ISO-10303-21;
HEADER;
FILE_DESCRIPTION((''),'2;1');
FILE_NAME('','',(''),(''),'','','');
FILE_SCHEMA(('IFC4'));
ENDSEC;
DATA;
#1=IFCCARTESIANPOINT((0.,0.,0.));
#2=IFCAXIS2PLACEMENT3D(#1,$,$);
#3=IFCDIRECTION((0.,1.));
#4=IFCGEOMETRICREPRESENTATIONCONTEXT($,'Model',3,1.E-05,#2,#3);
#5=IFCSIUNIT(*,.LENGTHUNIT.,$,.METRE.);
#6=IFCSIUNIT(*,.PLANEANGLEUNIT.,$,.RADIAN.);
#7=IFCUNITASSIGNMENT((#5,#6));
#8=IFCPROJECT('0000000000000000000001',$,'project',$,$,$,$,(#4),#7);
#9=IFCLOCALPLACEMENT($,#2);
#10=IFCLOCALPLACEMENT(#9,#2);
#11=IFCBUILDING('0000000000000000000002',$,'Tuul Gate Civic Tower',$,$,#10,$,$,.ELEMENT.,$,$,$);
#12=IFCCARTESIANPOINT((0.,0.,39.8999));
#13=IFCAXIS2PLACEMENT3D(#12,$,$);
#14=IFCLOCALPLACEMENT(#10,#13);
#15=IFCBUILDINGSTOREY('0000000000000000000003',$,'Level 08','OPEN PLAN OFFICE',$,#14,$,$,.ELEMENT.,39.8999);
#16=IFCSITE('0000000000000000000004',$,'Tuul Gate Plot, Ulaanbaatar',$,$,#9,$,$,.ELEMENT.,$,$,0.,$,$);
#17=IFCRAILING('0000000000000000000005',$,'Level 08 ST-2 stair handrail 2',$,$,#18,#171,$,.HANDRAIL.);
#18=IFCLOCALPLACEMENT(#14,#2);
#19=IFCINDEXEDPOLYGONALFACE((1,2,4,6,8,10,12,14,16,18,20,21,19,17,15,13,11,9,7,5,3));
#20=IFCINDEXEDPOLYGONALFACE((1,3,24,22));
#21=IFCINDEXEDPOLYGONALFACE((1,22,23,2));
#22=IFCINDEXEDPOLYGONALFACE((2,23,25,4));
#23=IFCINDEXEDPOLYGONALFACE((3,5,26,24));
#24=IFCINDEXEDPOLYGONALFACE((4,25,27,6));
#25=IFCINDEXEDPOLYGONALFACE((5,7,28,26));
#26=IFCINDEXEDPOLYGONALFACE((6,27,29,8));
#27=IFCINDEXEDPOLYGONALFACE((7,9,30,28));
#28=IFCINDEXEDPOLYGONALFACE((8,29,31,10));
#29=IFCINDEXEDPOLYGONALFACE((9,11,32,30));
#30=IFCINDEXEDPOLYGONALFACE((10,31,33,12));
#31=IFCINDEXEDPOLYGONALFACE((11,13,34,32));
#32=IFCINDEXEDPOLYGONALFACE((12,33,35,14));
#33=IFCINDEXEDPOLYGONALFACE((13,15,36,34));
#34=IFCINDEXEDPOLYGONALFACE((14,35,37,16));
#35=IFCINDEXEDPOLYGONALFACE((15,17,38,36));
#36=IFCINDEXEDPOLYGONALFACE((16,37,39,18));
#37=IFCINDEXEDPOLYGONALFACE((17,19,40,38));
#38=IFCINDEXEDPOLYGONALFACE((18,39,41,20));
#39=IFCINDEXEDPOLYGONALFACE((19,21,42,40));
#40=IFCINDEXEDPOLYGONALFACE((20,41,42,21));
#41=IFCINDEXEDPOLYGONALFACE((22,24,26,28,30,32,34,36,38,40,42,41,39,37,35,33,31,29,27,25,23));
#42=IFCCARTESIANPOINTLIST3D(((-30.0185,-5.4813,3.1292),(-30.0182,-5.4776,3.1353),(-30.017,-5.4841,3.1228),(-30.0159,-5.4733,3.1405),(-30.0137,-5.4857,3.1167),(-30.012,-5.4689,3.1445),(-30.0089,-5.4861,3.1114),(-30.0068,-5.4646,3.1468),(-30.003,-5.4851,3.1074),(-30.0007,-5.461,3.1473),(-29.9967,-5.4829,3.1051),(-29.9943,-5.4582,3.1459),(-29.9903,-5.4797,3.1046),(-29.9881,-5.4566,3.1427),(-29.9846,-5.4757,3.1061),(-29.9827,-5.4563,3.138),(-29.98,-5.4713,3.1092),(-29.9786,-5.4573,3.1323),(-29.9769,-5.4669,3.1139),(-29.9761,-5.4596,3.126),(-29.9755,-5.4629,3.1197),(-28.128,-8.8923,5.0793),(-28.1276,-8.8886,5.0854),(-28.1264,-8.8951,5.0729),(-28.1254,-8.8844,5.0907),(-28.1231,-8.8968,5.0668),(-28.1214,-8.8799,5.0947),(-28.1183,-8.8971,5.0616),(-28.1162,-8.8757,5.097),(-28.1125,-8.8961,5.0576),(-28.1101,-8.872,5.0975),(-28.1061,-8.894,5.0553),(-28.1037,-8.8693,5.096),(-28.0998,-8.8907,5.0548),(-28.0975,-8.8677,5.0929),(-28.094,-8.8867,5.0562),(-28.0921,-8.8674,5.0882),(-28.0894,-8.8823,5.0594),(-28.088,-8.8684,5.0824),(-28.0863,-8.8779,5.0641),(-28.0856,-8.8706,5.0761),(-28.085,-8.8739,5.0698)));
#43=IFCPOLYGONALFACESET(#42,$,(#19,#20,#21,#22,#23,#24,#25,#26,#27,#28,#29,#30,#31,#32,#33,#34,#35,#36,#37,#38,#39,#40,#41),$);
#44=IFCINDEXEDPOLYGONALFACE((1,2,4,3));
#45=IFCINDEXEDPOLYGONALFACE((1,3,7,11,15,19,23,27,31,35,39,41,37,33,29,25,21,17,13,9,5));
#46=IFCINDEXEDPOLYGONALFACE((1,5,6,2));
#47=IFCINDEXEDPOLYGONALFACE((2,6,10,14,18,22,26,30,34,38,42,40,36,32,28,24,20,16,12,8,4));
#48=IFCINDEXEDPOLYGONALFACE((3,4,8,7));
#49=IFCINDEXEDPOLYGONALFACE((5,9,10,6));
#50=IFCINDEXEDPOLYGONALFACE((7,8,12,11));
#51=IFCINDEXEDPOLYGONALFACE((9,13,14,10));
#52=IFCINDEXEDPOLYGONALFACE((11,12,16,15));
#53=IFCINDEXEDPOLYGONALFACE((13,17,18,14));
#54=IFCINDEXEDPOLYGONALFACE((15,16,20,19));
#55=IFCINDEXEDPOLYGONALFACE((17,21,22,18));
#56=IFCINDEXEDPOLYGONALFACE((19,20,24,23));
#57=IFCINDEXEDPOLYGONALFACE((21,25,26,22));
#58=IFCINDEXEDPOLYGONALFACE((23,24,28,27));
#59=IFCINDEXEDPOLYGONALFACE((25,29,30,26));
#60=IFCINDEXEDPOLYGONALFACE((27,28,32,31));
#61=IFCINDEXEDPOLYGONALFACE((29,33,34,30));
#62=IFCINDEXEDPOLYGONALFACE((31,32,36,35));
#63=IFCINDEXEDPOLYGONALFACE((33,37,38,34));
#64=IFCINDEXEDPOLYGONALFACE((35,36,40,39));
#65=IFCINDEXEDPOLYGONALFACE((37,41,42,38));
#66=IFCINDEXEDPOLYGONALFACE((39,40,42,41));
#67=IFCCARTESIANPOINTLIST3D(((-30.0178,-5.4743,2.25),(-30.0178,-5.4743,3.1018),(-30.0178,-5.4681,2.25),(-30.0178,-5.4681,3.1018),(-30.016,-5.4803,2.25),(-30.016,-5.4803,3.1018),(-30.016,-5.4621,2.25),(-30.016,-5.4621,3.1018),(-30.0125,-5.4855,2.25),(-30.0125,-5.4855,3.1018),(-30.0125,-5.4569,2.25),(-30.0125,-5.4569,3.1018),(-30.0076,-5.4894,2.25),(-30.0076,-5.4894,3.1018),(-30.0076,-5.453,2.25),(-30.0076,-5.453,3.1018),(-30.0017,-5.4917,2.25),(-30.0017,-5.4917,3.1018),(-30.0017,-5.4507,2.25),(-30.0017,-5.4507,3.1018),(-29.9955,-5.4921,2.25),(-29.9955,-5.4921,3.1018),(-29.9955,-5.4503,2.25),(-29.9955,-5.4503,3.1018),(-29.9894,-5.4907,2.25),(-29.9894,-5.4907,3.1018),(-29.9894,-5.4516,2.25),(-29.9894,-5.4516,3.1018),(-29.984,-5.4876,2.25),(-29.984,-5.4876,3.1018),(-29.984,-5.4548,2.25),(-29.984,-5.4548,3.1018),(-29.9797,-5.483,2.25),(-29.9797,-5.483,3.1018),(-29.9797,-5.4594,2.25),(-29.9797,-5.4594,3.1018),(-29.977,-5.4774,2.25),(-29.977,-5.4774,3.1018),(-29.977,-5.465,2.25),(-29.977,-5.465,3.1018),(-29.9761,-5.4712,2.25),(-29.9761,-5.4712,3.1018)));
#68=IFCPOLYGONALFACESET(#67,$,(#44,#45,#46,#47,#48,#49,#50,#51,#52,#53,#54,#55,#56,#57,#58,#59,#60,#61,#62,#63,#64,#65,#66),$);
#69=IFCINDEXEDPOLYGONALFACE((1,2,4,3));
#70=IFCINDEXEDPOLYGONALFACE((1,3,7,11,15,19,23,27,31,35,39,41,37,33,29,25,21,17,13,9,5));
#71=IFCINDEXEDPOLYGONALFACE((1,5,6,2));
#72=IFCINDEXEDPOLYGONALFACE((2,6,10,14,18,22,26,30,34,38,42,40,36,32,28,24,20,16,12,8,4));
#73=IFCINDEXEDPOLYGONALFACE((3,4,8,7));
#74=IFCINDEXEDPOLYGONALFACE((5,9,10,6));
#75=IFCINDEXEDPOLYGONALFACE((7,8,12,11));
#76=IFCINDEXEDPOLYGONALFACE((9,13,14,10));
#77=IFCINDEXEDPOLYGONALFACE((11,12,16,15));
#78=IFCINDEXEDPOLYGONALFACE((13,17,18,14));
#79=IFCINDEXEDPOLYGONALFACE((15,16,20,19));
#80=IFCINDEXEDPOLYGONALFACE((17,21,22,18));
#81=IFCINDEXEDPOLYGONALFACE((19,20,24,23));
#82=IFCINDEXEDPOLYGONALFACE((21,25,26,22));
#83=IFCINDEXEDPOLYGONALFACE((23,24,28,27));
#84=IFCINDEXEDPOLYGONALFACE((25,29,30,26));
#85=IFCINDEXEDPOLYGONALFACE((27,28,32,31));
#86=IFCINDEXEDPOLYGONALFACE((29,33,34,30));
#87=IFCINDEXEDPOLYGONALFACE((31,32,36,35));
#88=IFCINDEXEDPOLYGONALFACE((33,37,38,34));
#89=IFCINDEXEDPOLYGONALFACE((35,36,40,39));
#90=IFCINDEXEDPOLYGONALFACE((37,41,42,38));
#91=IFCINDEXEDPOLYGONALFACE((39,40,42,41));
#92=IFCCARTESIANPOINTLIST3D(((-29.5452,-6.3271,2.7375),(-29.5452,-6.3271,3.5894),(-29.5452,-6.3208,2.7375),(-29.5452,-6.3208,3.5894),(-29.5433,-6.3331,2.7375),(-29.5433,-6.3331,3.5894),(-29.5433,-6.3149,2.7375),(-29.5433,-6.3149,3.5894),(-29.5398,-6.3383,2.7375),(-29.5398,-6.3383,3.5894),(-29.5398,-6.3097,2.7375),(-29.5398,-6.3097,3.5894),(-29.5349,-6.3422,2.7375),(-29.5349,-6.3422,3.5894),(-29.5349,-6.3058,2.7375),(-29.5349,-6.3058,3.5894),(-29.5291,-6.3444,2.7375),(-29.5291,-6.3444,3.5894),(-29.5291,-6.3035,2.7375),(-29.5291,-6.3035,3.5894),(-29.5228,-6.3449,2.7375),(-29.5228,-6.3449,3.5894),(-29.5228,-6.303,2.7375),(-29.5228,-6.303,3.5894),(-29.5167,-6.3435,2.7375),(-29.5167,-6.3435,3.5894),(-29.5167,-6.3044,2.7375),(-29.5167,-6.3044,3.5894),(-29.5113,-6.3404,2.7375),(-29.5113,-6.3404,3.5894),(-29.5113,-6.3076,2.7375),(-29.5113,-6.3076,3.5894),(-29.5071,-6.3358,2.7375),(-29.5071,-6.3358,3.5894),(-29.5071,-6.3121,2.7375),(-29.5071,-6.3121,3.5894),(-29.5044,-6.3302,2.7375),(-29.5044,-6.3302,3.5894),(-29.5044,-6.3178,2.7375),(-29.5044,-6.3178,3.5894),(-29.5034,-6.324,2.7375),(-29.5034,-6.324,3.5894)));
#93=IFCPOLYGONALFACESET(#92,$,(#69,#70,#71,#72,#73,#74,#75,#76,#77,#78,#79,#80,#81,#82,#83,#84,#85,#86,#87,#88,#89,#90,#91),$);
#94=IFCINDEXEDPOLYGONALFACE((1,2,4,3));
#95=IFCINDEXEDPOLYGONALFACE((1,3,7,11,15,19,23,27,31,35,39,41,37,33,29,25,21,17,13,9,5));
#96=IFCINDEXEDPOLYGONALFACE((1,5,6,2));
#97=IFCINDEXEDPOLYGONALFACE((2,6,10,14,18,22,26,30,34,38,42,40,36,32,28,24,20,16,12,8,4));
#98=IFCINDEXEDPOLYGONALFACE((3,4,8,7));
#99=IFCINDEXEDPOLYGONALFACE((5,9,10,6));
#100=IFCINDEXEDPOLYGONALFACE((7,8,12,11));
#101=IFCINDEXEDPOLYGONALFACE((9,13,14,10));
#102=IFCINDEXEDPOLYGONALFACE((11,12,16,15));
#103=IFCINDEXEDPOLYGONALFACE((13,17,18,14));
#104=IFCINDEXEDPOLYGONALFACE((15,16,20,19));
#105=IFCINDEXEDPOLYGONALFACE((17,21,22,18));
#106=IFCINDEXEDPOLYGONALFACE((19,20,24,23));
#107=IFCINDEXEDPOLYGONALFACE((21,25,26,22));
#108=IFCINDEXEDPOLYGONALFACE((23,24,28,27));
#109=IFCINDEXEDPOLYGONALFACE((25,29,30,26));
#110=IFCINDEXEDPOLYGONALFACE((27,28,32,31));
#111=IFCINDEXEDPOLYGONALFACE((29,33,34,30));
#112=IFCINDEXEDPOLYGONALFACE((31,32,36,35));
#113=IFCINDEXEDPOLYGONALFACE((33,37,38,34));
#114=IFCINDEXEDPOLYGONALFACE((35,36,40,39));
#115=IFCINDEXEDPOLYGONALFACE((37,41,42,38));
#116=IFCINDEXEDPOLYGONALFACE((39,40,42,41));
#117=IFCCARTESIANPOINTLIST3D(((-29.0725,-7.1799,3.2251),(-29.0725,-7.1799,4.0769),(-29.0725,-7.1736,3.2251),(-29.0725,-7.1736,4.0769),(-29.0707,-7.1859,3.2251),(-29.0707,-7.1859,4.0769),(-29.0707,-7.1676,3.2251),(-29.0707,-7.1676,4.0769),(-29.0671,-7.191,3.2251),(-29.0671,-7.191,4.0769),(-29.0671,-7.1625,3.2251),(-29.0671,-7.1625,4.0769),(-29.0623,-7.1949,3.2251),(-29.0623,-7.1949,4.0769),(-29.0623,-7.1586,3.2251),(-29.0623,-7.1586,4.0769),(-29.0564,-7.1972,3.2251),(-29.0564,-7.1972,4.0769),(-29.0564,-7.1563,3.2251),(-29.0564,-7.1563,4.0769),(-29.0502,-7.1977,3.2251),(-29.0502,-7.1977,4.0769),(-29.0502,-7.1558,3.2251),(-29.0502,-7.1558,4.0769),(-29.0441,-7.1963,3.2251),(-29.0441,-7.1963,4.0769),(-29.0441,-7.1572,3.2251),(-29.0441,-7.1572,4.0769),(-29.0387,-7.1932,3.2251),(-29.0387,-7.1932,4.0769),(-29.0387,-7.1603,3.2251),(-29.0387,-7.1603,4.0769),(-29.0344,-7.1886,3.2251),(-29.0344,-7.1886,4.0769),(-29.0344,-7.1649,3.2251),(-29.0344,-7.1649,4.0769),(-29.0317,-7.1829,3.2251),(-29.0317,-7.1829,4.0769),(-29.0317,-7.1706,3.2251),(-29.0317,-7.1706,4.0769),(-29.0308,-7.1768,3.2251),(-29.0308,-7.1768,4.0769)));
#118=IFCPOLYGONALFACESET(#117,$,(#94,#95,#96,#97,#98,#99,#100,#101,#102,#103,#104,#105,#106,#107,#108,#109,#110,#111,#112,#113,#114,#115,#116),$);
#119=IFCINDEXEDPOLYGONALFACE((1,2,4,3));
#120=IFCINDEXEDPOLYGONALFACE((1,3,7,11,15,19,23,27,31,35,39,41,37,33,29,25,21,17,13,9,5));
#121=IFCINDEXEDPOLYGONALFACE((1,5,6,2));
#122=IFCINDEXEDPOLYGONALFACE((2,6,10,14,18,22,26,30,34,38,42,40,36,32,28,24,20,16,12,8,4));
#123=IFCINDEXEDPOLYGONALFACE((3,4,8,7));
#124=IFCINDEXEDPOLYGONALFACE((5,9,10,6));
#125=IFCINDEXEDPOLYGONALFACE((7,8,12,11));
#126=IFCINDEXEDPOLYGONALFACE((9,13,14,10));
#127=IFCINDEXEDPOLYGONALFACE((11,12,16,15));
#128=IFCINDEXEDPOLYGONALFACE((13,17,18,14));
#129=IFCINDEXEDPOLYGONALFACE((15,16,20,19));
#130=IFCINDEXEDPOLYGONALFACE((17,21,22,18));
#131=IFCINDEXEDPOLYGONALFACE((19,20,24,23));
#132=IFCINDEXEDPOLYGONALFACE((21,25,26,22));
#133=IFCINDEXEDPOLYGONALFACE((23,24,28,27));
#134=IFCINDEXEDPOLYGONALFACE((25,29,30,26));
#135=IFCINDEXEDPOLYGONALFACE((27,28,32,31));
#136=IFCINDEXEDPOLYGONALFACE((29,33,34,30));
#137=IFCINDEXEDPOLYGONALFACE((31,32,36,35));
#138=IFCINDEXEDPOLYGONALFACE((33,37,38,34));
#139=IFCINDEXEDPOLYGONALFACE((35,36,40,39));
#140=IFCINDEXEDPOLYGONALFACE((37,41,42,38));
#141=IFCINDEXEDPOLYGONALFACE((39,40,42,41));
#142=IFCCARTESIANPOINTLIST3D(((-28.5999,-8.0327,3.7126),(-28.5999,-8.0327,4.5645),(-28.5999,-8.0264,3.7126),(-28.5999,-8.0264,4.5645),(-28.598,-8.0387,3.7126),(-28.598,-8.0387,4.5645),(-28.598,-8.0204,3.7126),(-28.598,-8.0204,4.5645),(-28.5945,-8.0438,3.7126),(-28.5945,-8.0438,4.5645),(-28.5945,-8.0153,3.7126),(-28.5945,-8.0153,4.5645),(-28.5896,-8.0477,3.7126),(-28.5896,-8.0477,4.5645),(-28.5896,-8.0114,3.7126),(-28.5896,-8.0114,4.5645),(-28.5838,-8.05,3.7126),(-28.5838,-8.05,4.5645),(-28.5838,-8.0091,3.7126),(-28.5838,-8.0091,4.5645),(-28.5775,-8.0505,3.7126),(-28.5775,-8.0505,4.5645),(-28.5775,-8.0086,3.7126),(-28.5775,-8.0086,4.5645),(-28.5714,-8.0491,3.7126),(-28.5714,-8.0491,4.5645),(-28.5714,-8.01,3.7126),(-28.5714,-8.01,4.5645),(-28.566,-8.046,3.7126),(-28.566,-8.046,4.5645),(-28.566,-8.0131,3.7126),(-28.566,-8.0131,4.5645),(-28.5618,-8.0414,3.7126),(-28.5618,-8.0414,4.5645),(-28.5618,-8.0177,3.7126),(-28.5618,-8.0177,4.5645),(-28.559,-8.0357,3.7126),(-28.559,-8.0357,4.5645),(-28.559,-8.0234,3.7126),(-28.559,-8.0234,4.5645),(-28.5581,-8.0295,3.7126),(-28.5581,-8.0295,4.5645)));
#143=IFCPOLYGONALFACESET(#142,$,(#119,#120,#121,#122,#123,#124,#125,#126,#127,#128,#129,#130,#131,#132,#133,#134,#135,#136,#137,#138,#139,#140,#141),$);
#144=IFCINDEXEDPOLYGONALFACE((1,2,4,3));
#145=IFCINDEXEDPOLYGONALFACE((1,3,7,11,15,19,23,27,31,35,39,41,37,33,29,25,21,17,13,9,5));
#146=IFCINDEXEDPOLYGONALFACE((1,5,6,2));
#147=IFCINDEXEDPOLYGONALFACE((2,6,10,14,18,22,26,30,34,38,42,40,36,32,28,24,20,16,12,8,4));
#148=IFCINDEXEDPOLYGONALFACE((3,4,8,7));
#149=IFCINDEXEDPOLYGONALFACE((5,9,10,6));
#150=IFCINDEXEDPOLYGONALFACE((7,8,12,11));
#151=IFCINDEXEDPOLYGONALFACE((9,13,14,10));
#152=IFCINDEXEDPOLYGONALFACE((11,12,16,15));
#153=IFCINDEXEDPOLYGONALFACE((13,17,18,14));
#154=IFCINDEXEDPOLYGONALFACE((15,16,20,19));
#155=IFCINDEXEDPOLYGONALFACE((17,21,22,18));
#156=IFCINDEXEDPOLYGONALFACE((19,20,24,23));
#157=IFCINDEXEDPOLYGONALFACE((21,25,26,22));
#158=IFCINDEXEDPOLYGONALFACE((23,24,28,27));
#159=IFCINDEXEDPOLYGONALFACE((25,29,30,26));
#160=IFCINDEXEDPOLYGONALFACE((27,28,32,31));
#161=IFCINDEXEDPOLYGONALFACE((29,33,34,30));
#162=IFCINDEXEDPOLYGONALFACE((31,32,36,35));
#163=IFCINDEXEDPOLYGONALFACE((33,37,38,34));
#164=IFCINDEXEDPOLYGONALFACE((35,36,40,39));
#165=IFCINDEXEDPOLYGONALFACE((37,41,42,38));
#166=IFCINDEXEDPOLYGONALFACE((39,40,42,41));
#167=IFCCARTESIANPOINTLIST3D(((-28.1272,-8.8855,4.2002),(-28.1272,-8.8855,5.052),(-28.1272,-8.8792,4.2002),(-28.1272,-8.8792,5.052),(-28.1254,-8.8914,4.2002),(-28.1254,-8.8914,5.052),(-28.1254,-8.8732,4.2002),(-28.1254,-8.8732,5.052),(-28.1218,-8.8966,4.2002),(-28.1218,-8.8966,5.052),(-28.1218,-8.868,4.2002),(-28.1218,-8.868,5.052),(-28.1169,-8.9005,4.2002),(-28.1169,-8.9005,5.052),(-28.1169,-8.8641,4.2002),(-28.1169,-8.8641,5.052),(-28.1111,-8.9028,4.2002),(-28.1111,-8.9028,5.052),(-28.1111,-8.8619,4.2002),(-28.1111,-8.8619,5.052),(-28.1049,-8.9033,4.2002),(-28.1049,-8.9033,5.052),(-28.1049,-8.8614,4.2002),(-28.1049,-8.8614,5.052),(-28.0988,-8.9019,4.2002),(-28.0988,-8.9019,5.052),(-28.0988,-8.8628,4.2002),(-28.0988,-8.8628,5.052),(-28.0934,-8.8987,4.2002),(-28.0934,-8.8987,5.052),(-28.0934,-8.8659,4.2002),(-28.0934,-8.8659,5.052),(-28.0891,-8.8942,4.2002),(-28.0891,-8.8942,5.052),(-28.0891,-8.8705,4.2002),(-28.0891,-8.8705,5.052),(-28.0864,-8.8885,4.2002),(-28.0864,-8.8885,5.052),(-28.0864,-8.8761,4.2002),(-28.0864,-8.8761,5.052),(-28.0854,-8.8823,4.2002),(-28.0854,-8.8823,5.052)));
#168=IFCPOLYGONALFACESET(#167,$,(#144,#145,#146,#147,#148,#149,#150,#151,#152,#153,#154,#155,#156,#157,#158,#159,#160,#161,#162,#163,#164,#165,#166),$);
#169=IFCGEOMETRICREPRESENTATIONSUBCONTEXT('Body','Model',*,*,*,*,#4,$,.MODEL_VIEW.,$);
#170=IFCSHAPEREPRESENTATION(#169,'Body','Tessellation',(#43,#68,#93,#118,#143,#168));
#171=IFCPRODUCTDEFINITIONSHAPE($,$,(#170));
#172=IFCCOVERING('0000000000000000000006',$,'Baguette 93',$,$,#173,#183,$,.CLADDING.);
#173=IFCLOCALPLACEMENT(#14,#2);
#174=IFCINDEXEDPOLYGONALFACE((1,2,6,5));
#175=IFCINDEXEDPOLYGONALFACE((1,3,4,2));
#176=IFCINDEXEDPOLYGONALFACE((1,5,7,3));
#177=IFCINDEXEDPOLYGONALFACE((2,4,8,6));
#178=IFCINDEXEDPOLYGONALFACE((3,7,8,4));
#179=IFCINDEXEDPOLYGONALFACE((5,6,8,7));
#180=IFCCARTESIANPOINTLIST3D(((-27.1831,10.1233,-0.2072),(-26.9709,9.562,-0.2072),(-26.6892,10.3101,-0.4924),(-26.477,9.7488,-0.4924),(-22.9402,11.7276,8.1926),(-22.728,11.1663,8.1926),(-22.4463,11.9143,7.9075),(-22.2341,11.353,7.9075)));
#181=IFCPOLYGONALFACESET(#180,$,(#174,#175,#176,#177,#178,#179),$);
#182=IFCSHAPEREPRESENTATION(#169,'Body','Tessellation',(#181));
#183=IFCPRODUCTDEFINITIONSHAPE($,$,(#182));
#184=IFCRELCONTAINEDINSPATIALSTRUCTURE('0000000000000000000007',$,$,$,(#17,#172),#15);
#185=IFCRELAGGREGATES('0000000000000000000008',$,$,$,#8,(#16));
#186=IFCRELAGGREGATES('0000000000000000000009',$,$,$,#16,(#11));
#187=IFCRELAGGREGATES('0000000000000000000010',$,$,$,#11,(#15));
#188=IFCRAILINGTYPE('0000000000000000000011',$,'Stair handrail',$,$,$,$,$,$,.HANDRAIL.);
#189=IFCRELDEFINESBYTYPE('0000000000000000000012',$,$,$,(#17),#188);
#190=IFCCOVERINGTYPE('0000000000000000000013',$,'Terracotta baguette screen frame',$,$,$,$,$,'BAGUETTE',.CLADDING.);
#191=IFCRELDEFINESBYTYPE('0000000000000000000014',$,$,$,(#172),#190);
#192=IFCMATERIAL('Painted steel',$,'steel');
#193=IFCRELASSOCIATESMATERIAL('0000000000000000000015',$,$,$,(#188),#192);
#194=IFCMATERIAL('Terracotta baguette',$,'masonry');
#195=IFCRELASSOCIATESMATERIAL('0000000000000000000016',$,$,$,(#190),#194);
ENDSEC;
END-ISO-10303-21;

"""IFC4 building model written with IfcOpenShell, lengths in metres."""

from ifc_helpers import new_model, si_unit, direction, frame, origin, origin_2d, place, context, subcontext, project, spatial, rectangle, circle, extrude, material, material_profile, profile_set, type_object, element, save


model = new_model("IFC4")

# Units and contexts
model_context = context("Model", 3, precision=1e-05, world=origin(), true_north=direction((0.0, 1.0)))
body_context = subcontext(model_context, "Body", "Model", "MODEL_VIEW")
ifc_project = project(units=[si_unit("LENGTHUNIT", "METRE"), si_unit("PLANEANGLEUNIT", "RADIAN")], contexts=[model_context])

# Site, building, storey
site_placement = place(None, origin())
site = spatial("IfcSite", under=ifc_project, at=site_placement, Name="Tuul Gate Plot, Ulaanbaatar", CompositionType="ELEMENT", RefElevation=0.0)
building_placement = place(site_placement, origin())
building = spatial("IfcBuilding", under=site, at=building_placement, Name="Tuul Gate Civic Tower", CompositionType="ELEMENT")
storey_placement = place(building_placement, frame((0.0, 0.0, 39.8999)))
storey = spatial("IfcBuildingStorey", under=building, at=storey_placement, Name="Level 08", Description="OPEN PLAN OFFICE", CompositionType="ELEMENT", Elevation=39.8999)

# Railing
ifc_material_1 = material(Name="Painted steel", Category="steel")
railing_type = type_object("IfcRailingType", Name="Stair handrail", PredefinedType="HANDRAIL", material=ifc_material_1)
railing_placement = place(storey_placement, frame((-29.9971, -5.4712, 2.25)))
element("IfcRailing", 1, at=railing_placement, inside=storey, type_object=railing_type, Name="Level 08 ST-2 stair handrail 2", PredefinedType="HANDRAIL", context=body_context, shape_type="SweptSolid", body=[
    extrude(circle(Radius=0.0239, at=origin_2d()), frame((0.0, 0.0, 0.876), z_axis=(0.433585, -0.782289, 0.447246), x_axis=(0.874641, 0.484771, 0.0)), (0.0, 0.0, 1.0), 4.3604),
    extrude(circle(Radius=0.021, at=origin_2d()), origin(), (0.0, 0.0, 1.0), 0.8518),
    extrude(circle(Radius=0.021, at=origin_2d()), frame((0.4727, -0.8528, 0.4875)), (0.0, 0.0, 1.0), 0.8518),
    extrude(circle(Radius=0.021, at=origin_2d()), frame((0.9453, -1.7056, 0.9751)), (0.0, 0.0, 1.0), 0.8518),
    extrude(circle(Radius=0.021, at=origin_2d()), frame((1.418, -2.5583, 1.4626)), (0.0, 0.0, 1.0), 0.8518),
    extrude(circle(Radius=0.021, at=origin_2d()), frame((1.8906, -3.4111, 1.9502)), (0.0, 0.0, 1.0), 0.8518),
])

# Covering
ifc_material_2 = material(Name="Terracotta baguette", Category="masonry")
ifc_material_profile_1 = material_profile(ifc_material_2, rectangle(XDim=0.6001, YDim=0.6001, at=origin_2d()), Name="Terracotta baguette screen frame")
ifc_profile_set_1 = profile_set([ifc_material_profile_1], Name="Terracotta baguette")
covering_type = type_object("IfcCoveringType", Name="Terracotta baguette screen frame", ElementType="BAGUETTE", PredefinedType="CLADDING", material=ifc_profile_set_1)
covering_placement = place(storey_placement, frame((-22.5872, 11.5403, 8.05), z_axis=(-0.444451, -0.168047, -0.8799), x_axis=(0.353664, -0.935372, 0.0)))
element("IfcCovering", 2, at=covering_placement, inside=storey, type_object=covering_type, Name="Baguette 93", PredefinedType="CLADDING", context=body_context, shape_type="SweptSolid", body=[
    extrude(rectangle(XDim=0.6001, YDim=0.6001, at=origin_2d()), origin(), (0.0, 0.0, 1.0), 9.5464),
])

save(model, "model.ifc")
